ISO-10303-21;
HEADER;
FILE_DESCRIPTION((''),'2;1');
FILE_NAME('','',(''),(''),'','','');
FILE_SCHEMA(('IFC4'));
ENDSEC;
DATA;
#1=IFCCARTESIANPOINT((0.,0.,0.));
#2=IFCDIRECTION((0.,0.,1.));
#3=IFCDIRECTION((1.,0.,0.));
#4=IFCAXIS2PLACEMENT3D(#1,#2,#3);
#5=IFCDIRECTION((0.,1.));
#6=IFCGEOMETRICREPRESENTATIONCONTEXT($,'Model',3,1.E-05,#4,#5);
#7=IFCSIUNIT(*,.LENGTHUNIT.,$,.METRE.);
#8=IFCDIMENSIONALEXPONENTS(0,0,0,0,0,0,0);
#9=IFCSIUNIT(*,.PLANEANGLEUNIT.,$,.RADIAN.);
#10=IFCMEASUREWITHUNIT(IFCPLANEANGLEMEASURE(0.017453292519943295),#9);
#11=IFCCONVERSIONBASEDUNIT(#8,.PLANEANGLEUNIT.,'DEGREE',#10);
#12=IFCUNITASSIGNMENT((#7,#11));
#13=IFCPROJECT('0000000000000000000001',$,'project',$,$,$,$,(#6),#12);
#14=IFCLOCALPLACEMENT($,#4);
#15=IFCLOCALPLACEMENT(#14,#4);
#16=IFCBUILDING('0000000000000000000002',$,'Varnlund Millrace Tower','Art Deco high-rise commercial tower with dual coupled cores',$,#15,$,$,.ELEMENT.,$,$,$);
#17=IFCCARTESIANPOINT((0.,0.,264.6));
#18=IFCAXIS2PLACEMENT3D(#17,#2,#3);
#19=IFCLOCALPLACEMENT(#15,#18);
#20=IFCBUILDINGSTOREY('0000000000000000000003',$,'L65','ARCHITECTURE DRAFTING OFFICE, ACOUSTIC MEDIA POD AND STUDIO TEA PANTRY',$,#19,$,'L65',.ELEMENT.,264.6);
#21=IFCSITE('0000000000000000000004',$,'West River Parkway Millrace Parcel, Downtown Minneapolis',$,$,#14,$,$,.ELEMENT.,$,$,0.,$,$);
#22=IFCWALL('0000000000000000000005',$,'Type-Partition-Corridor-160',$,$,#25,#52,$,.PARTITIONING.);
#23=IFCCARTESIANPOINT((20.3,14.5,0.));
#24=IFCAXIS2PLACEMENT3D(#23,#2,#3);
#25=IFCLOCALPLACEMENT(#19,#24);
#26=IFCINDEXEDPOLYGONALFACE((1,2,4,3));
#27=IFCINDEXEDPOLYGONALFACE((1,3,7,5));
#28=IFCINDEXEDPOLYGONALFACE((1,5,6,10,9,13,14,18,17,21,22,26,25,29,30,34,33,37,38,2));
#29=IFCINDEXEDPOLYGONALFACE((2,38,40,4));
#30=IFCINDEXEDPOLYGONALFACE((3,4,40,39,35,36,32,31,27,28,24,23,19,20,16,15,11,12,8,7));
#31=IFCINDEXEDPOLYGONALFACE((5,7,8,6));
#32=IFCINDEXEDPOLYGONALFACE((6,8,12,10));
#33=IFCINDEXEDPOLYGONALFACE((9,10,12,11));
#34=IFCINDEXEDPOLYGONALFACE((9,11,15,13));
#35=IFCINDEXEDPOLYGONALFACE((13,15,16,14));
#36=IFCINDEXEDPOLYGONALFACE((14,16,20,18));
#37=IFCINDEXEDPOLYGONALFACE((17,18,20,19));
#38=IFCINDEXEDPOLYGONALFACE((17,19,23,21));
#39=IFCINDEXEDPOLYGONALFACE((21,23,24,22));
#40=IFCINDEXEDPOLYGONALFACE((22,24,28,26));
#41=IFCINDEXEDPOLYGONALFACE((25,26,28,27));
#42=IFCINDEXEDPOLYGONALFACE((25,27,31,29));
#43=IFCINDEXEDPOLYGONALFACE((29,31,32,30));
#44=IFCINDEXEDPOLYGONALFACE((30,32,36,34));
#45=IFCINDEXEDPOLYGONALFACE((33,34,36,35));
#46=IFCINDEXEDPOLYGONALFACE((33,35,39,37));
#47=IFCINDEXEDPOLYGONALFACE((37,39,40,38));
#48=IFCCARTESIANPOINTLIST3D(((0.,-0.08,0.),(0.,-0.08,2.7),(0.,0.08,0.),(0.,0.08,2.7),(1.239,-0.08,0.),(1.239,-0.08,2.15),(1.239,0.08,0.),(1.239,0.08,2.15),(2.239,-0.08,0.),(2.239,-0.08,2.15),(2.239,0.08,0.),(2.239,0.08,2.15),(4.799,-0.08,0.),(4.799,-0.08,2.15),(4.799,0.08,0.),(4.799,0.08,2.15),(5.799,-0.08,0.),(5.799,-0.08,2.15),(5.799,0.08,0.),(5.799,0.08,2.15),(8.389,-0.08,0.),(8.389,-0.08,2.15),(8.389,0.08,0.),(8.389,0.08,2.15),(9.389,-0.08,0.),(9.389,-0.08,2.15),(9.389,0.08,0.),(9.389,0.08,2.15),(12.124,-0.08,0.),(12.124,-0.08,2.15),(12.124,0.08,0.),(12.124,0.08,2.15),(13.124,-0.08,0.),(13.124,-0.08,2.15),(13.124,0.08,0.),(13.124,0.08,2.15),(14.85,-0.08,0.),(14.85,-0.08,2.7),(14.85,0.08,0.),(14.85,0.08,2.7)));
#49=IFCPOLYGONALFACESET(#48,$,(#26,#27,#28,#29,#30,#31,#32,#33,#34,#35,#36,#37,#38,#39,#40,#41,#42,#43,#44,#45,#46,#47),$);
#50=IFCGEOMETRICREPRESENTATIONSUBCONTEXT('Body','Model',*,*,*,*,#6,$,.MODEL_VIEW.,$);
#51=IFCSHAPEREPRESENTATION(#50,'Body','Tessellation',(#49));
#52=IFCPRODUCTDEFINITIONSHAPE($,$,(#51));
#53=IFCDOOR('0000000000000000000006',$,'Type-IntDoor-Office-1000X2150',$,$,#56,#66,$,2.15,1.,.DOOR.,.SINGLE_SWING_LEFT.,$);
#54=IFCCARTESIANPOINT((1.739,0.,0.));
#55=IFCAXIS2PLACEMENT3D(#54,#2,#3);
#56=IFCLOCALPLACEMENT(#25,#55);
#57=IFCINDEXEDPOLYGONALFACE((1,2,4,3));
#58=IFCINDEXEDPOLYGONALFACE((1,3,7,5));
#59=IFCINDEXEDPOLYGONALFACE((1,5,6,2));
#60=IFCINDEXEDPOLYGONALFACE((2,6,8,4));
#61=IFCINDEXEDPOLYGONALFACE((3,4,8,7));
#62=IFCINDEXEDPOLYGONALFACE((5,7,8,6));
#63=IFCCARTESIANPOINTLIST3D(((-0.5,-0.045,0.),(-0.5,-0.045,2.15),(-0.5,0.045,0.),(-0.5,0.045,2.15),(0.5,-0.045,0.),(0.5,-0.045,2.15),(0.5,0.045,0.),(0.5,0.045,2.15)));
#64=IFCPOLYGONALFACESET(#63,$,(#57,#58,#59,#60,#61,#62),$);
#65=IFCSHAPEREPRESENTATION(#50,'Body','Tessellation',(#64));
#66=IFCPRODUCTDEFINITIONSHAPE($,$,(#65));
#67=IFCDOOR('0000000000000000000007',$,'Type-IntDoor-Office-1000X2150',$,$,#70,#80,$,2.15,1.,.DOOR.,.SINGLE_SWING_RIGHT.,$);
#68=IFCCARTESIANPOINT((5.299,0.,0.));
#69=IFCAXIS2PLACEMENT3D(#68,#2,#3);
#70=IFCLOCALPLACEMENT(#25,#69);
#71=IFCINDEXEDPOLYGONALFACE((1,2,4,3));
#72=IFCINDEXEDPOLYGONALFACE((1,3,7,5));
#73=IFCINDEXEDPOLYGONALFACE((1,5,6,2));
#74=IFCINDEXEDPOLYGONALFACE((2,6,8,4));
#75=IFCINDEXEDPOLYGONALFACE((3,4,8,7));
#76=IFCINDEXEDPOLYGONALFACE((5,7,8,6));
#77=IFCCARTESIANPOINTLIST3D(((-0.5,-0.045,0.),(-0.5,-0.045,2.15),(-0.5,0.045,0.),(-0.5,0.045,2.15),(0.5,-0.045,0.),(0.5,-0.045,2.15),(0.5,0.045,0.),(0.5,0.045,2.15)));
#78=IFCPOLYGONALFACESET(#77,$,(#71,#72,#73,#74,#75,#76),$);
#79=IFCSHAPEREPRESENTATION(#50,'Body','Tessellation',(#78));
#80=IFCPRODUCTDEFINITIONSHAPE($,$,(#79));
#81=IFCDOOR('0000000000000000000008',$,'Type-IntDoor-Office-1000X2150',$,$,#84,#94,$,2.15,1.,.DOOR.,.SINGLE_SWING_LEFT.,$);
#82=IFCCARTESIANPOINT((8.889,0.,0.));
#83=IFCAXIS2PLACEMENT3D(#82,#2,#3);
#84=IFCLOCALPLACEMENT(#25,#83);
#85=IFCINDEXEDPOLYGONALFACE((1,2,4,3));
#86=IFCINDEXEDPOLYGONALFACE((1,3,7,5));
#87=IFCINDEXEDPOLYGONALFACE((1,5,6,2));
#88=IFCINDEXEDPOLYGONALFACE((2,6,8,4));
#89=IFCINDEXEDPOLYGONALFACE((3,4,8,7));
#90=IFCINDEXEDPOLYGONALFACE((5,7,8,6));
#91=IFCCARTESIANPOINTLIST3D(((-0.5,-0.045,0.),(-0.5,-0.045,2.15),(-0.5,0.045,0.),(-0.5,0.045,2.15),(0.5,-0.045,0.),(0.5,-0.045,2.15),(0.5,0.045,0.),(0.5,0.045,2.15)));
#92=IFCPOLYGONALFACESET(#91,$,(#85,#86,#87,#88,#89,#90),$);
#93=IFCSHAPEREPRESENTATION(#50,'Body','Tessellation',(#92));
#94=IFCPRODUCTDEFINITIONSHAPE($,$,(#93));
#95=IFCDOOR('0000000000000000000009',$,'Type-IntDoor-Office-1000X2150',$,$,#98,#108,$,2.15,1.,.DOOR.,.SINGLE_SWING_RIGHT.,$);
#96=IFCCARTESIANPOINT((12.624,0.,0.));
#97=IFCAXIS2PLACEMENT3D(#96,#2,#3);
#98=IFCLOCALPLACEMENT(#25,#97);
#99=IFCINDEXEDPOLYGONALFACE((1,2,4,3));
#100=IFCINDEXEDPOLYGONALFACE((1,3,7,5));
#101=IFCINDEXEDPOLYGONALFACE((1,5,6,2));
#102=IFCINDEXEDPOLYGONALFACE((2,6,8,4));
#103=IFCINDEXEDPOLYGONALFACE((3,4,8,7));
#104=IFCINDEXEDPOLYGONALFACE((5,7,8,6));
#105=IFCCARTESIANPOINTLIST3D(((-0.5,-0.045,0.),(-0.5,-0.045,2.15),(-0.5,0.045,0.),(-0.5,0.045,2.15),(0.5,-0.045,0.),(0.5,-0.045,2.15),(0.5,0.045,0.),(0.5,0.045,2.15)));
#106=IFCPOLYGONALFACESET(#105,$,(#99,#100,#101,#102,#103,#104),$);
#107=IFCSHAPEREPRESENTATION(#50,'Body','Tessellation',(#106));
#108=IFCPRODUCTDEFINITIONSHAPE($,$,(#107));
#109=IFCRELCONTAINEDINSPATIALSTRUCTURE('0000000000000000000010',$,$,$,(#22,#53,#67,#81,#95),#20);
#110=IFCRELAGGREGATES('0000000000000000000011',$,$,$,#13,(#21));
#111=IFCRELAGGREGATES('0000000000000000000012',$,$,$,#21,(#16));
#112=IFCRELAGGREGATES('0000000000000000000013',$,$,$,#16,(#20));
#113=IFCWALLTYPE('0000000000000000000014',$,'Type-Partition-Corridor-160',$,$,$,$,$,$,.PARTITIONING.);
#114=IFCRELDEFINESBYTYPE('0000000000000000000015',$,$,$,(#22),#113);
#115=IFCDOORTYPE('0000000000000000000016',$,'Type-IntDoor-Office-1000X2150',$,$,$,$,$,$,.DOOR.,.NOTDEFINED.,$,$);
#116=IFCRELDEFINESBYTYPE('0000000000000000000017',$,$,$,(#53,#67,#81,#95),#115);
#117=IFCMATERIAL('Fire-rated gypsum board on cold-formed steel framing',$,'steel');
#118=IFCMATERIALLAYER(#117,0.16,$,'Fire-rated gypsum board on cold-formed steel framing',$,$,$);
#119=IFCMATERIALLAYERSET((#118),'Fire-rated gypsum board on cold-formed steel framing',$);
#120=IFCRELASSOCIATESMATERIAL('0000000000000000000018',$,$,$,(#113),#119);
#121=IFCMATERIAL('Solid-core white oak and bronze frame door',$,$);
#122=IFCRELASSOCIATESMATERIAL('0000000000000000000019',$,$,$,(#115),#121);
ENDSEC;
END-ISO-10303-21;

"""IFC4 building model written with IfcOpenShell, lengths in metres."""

from ifc_helpers import new_model, entity, si_unit, converted_unit, direction, frame, origin_with_axes, origin_2d_with_axis, place, context, subcontext, project, spatial, polyline, rectangle, outline, extrude, material, layer, layer_set, type_object, element, fill, save


model = new_model("IFC4")

# Units and contexts
model_context = context("Model", 3, precision=1e-05, world=origin_with_axes(), true_north=direction((0.0, 1.0)))
body_context = subcontext(model_context, "Body", "Model", "MODEL_VIEW")
ifc_project = project(units=[si_unit("LENGTHUNIT", "METRE"), converted_unit("PLANEANGLEUNIT", "DEGREE", entity("IfcPlaneAngleMeasure", 0.017453292519943295), si_unit("PLANEANGLEUNIT", "RADIAN"), dimensions=[0, 0, 0, 0, 0, 0, 0])], contexts=[model_context])

# Site, building, storey
site_placement = place(None, origin_with_axes())
site = spatial("IfcSite", under=ifc_project, at=site_placement, Name="West River Parkway Millrace Parcel, Downtown Minneapolis", CompositionType="ELEMENT", RefElevation=0.0)
building_placement = place(site_placement, origin_with_axes())
building = spatial("IfcBuilding", under=site, at=building_placement, Name="Varnlund Millrace Tower", Description="Art Deco high-rise commercial tower with dual coupled cores", CompositionType="ELEMENT")
storey_placement = place(building_placement, frame((0.0, 0.0, 264.6), z_axis=(0.0, 0.0, 1.0), x_axis=(1.0, 0.0, 0.0)))
storey = spatial("IfcBuildingStorey", under=building, at=storey_placement, Name="L65", Description="ARCHITECTURE DRAFTING OFFICE, ACOUSTIC MEDIA POD AND STUDIO TEA PANTRY", LongName="L65", CompositionType="ELEMENT", Elevation=264.6)

# Shared definitions
ifc_material_1 = material(Name="Fire-rated gypsum board on cold-formed steel framing", Category="steel")
ifc_layer_1 = layer(ifc_material_1, 0.16, Name="Fire-rated gypsum board on cold-formed steel framing")
ifc_layer_set_1 = layer_set([ifc_layer_1], Name="Fire-rated gypsum board on cold-formed steel framing")
wall_type_1 = type_object("IfcWallType", Name="Type-Partition-Corridor-160", PredefinedType="PARTITIONING", material=ifc_layer_set_1)
ifc_material_2 = material(Name="Solid-core white oak and bronze frame door")
door_type = type_object("IfcDoorType", Name="Type-IntDoor-Office-1000X2150", OperationType="NOTDEFINED", PredefinedType="DOOR", material=ifc_material_2)

# Wall, openings, doors
wall_1_placement = place(storey_placement, frame((20.3, 14.5, 0.0), z_axis=(0.0, 0.0, 1.0), x_axis=(1.0, 0.0, 0.0)))
wall_1 = element("IfcWall", 1, at=wall_1_placement, inside=storey, type_object=wall_type_1, Name="Type-Partition-Corridor-160", PredefinedType="PARTITIONING", context=body_context, shape_type="SweptSolid", body=[
    extrude(outline(polyline([(0.0, -0.08), (14.85, -0.08), (14.85, 0.08), (0.0, 0.08), (0.0, -0.08)])), origin_with_axes(), (0.0, 0.0, 1.0), 2.7),
])
opening_1_placement = place(wall_1_placement, frame((1.739, 0.0, 0.0), z_axis=(0.0, 0.0, 1.0), x_axis=(1.0, 0.0, 0.0)))
opening_1 = element("IfcOpeningElement", 2, at=opening_1_placement, cuts=wall_1, PredefinedType="OPENING", context=body_context, shape_type="SweptSolid", body=[
    extrude(rectangle(XDim=1.0, YDim=0.18, at=origin_2d_with_axis()), origin_with_axes(), (0.0, 0.0, 1.0), 2.15),
])
opening_2_placement = place(wall_1_placement, frame((5.299, 0.0, 0.0), z_axis=(0.0, 0.0, 1.0), x_axis=(1.0, 0.0, 0.0)))
opening_2 = element("IfcOpeningElement", 3, at=opening_2_placement, cuts=wall_1, PredefinedType="OPENING", context=body_context, shape_type="SweptSolid", body=[
    extrude(rectangle(XDim=1.0, YDim=0.18, at=origin_2d_with_axis()), origin_with_axes(), (0.0, 0.0, 1.0), 2.15),
])
opening_3_placement = place(wall_1_placement, frame((8.889, 0.0, 0.0), z_axis=(0.0, 0.0, 1.0), x_axis=(1.0, 0.0, 0.0)))
opening_3 = element("IfcOpeningElement", 4, at=opening_3_placement, cuts=wall_1, PredefinedType="OPENING", context=body_context, shape_type="SweptSolid", body=[
    extrude(rectangle(XDim=1.0, YDim=0.18, at=origin_2d_with_axis()), origin_with_axes(), (0.0, 0.0, 1.0), 2.15),
])
opening_4_placement = place(wall_1_placement, frame((12.624, 0.0, 0.0), z_axis=(0.0, 0.0, 1.0), x_axis=(1.0, 0.0, 0.0)))
opening_4 = element("IfcOpeningElement", 5, at=opening_4_placement, cuts=wall_1, PredefinedType="OPENING", context=body_context, shape_type="SweptSolid", body=[
    extrude(rectangle(XDim=1.0, YDim=0.18, at=origin_2d_with_axis()), origin_with_axes(), (0.0, 0.0, 1.0), 2.15),
])
door_1_placement = place(wall_1_placement, frame((1.739, 0.0, 0.0), z_axis=(0.0, 0.0, 1.0), x_axis=(1.0, 0.0, 0.0)))
door_1 = element("IfcDoor", 6, at=door_1_placement, inside=storey, type_object=door_type, Name="Type-IntDoor-Office-1000X2150", OperationType="SINGLE_SWING_LEFT", OverallHeight=2.15, OverallWidth=1.0, PredefinedType="DOOR", context=body_context, shape_type="SweptSolid", body=[
    extrude(rectangle(XDim=1.0, YDim=0.09, at=origin_2d_with_axis()), origin_with_axes(), (0.0, 0.0, 1.0), 2.15),
])
fill(opening_1, door_1)
door_2_placement = place(wall_1_placement, frame((5.299, 0.0, 0.0), z_axis=(0.0, 0.0, 1.0), x_axis=(1.0, 0.0, 0.0)))
door_2 = element("IfcDoor", 7, at=door_2_placement, inside=storey, type_object=door_type, Name="Type-IntDoor-Office-1000X2150", OperationType="SINGLE_SWING_RIGHT", OverallHeight=2.15, OverallWidth=1.0, PredefinedType="DOOR", context=body_context, shape_type="SweptSolid", body=[
    extrude(rectangle(XDim=1.0, YDim=0.09, at=origin_2d_with_axis()), origin_with_axes(), (0.0, 0.0, 1.0), 2.15),
])
fill(opening_2, door_2)
door_3_placement = place(wall_1_placement, frame((8.889, 0.0, 0.0), z_axis=(0.0, 0.0, 1.0), x_axis=(1.0, 0.0, 0.0)))
door_3 = element("IfcDoor", 8, at=door_3_placement, inside=storey, type_object=door_type, Name="Type-IntDoor-Office-1000X2150", OperationType="SINGLE_SWING_LEFT", OverallHeight=2.15, OverallWidth=1.0, PredefinedType="DOOR", context=body_context, shape_type="SweptSolid", body=[
    extrude(rectangle(XDim=1.0, YDim=0.09, at=origin_2d_with_axis()), origin_with_axes(), (0.0, 0.0, 1.0), 2.15),
])
fill(opening_3, door_3)
door_4_placement = place(wall_1_placement, frame((12.624, 0.0, 0.0), z_axis=(0.0, 0.0, 1.0), x_axis=(1.0, 0.0, 0.0)))
door_4 = element("IfcDoor", 9, at=door_4_placement, inside=storey, type_object=door_type, Name="Type-IntDoor-Office-1000X2150", OperationType="SINGLE_SWING_RIGHT", OverallHeight=2.15, OverallWidth=1.0, PredefinedType="DOOR", context=body_context, shape_type="SweptSolid", body=[
    extrude(rectangle(XDim=1.0, YDim=0.09, at=origin_2d_with_axis()), origin_with_axes(), (0.0, 0.0, 1.0), 2.15),
])
fill(opening_4, door_4)

save(model, "model.ifc")
